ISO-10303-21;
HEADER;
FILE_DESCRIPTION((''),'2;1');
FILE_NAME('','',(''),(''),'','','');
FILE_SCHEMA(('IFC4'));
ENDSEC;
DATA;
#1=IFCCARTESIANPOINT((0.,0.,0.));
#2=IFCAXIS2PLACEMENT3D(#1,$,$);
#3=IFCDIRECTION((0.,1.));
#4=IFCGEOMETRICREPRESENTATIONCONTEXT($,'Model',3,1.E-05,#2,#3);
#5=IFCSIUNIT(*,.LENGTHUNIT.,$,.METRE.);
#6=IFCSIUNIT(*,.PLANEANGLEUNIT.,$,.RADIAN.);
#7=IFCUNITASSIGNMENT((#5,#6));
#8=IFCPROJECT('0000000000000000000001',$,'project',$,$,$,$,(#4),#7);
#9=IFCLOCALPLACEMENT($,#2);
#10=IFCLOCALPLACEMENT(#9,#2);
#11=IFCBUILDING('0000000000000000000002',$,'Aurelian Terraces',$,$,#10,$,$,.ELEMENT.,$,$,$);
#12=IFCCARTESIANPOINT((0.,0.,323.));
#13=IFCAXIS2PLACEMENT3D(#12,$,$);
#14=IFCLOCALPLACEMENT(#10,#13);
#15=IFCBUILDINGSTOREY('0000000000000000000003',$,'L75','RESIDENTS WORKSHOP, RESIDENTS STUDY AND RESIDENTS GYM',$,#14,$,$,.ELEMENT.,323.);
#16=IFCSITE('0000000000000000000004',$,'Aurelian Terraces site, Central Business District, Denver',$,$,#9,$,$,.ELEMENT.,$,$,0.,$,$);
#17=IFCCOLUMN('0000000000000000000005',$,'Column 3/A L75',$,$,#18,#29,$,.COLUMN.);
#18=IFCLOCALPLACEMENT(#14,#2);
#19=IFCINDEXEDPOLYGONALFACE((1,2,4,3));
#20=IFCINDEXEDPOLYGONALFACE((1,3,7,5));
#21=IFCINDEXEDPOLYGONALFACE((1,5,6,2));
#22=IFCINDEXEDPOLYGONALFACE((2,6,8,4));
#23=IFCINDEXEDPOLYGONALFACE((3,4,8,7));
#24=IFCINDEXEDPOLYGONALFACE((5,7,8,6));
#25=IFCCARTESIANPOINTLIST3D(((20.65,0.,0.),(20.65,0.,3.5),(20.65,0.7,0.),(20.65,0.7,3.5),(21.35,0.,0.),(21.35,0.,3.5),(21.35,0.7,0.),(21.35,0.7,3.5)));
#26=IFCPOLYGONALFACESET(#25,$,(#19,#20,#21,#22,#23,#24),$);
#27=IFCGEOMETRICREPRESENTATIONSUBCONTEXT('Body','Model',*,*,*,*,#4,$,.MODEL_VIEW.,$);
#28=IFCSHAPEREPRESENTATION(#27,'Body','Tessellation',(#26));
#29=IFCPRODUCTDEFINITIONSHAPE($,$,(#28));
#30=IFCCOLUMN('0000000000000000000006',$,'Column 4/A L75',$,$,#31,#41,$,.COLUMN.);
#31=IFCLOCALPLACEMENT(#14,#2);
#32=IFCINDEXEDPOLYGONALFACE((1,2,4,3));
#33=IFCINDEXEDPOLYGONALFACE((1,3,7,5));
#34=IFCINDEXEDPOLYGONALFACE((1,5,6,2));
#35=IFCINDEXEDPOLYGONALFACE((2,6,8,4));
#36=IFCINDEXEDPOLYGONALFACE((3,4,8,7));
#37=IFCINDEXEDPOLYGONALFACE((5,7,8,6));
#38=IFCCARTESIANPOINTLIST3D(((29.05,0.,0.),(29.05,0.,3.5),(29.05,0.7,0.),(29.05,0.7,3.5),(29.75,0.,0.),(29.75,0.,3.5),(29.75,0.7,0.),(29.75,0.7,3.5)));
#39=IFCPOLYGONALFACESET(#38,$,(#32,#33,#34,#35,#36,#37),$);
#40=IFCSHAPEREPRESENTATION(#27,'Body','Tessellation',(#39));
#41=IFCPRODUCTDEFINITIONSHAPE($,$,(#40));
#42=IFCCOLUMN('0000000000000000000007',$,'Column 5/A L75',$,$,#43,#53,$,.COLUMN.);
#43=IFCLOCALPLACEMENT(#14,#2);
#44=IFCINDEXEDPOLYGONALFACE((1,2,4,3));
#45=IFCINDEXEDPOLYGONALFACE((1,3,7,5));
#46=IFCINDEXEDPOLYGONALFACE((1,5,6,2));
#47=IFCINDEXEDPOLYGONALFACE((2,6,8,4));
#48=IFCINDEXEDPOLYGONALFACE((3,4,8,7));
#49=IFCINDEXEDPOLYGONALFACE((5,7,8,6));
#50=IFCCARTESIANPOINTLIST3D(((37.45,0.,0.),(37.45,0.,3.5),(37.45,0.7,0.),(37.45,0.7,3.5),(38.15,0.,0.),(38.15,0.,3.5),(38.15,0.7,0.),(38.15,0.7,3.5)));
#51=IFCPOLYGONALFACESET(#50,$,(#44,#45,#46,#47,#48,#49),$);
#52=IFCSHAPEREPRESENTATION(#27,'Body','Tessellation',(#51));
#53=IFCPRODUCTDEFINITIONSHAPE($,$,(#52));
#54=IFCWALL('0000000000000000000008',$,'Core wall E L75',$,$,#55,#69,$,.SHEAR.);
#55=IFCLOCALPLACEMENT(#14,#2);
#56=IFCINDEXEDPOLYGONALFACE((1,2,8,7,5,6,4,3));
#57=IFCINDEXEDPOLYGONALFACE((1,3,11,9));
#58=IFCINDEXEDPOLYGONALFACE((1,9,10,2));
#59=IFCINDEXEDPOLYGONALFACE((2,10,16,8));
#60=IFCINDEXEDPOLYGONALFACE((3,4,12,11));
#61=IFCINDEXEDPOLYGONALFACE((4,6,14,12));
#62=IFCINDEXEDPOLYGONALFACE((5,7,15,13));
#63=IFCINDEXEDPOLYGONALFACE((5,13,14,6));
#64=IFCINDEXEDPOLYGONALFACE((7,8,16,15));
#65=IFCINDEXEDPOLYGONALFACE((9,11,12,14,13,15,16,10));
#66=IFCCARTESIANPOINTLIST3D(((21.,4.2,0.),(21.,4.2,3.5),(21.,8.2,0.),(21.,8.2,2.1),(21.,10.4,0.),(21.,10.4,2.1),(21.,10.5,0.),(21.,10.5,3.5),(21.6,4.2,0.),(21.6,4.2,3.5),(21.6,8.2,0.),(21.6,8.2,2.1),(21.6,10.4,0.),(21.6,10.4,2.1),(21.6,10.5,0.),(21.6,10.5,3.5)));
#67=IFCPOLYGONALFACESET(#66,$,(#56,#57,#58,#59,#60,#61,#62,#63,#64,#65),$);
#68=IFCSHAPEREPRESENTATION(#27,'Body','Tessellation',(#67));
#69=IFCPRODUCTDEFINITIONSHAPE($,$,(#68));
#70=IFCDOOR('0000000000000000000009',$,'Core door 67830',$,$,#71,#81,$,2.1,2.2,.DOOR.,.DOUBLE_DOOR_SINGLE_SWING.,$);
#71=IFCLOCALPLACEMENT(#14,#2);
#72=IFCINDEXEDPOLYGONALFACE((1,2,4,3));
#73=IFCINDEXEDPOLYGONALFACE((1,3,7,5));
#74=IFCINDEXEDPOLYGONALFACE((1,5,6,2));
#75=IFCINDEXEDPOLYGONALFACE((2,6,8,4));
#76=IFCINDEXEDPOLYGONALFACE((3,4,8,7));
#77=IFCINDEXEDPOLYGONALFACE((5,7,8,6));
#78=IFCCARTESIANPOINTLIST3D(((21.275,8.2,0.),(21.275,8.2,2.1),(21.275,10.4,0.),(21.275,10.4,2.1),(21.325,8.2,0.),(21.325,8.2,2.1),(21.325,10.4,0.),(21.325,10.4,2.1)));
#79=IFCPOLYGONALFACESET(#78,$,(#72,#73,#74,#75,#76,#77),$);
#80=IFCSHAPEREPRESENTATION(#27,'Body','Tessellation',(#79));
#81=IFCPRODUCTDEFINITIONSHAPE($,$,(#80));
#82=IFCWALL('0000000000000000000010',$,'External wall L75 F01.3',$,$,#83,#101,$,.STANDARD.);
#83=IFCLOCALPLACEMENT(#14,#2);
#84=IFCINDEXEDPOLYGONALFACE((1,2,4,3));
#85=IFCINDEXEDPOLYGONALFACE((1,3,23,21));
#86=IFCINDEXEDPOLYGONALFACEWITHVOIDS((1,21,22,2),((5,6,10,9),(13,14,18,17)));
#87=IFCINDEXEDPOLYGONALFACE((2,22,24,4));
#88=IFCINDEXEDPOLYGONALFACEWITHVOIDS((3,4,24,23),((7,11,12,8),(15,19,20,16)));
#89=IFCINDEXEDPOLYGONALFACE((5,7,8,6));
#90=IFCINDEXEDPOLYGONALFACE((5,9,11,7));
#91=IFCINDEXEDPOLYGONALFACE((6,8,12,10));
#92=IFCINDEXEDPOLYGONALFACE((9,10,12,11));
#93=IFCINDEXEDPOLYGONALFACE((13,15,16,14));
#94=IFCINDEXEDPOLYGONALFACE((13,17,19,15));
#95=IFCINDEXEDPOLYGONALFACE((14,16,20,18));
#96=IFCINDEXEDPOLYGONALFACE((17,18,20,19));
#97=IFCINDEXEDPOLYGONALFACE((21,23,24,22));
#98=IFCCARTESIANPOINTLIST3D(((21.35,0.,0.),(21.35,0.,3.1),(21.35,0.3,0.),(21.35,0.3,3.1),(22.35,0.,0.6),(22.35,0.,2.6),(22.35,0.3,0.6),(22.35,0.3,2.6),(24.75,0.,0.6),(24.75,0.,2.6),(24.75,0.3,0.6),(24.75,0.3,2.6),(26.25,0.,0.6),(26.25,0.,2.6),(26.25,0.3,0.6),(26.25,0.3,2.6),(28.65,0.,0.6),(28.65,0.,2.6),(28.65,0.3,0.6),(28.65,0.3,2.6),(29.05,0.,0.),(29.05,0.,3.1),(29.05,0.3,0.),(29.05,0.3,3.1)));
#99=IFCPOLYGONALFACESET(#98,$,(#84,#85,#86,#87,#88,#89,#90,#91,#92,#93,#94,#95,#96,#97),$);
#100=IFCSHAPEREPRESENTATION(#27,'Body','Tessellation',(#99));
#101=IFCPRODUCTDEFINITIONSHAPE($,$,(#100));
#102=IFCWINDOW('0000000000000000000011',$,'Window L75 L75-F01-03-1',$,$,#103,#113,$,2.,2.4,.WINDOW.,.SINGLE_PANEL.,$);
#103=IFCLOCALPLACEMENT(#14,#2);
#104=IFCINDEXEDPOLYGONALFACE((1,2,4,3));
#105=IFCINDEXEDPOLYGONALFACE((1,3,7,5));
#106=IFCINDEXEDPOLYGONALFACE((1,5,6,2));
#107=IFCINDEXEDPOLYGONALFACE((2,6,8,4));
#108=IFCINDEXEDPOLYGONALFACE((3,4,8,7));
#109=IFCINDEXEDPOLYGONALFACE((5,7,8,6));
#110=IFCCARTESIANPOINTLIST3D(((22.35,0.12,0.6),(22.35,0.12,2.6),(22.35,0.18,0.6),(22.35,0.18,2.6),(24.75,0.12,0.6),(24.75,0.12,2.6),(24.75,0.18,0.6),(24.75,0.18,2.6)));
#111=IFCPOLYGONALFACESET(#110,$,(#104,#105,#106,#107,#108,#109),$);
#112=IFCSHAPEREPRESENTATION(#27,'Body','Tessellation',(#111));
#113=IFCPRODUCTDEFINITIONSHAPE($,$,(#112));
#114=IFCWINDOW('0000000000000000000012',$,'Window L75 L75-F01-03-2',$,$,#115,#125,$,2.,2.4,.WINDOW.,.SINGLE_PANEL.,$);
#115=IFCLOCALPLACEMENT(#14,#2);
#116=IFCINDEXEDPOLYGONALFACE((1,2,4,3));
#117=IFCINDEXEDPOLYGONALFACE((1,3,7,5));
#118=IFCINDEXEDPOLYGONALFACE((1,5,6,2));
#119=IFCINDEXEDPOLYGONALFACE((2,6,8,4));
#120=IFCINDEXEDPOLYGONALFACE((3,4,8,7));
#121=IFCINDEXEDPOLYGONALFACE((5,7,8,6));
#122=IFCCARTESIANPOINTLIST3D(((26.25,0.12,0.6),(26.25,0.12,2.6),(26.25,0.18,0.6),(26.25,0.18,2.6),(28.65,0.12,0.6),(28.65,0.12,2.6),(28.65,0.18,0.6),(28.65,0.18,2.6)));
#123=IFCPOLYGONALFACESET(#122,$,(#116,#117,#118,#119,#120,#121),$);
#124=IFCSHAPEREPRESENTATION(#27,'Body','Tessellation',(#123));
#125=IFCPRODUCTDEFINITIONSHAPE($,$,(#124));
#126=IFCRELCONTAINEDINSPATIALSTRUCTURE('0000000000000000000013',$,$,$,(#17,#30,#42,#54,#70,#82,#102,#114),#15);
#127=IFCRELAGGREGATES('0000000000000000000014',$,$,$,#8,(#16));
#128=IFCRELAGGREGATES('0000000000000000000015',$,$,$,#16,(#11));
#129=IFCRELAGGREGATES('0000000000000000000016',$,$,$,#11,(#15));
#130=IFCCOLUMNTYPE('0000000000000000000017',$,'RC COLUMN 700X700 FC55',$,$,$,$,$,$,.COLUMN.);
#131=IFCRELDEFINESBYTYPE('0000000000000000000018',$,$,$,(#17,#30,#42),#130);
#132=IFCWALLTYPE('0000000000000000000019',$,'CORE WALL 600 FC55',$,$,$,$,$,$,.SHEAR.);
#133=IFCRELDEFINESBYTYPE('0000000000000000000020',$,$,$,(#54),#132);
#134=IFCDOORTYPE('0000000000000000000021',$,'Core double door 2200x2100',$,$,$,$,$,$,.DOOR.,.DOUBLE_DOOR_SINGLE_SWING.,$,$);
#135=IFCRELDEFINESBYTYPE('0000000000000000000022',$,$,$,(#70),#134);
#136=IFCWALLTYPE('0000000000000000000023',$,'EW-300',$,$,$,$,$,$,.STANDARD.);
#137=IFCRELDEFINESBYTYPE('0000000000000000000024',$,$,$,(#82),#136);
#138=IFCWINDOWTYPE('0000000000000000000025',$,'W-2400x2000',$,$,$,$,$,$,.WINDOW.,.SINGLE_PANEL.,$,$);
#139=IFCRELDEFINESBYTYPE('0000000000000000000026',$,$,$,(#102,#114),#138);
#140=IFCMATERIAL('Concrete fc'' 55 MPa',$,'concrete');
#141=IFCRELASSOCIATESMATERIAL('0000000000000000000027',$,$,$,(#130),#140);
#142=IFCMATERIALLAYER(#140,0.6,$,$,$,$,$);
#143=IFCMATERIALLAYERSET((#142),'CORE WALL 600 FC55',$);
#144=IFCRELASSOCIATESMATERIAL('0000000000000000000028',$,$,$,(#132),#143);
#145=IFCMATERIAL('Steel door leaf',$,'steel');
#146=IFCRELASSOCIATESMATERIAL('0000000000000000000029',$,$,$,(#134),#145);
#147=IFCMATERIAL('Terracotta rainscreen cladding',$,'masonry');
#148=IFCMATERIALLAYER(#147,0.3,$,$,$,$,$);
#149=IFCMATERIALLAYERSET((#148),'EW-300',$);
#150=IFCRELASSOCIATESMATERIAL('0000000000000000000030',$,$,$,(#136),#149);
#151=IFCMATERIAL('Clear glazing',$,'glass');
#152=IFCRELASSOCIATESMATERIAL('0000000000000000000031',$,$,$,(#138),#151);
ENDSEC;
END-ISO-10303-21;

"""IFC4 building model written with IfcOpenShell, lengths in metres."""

from ifc_helpers import new_model, si_unit, direction, frame, frame_2d, origin, origin_2d, place, context, subcontext, project, spatial, rectangle, extrude, source, transform, mapped, material, layer, layer_set, material_profile, profile_set, type_object, element, fill, save


model = new_model("IFC4")

# Units and contexts
model_context = context("Model", 3, precision=1e-05, world=origin(), true_north=direction((0.0, 1.0)))
body_context = subcontext(model_context, "Body", "Model", "MODEL_VIEW")
ifc_project = project(units=[si_unit("LENGTHUNIT", "METRE"), si_unit("PLANEANGLEUNIT", "RADIAN")], contexts=[model_context])

# Site, building, storey
site_placement = place(None, origin())
site = spatial("IfcSite", under=ifc_project, at=site_placement, Name="Aurelian Terraces site, Central Business District, Denver", CompositionType="ELEMENT", RefElevation=0.0)
building_placement = place(site_placement, origin())
building = spatial("IfcBuilding", under=site, at=building_placement, Name="Aurelian Terraces", CompositionType="ELEMENT")
storey_placement = place(building_placement, frame((0.0, 0.0, 323.0)))
storey = spatial("IfcBuildingStorey", under=building, at=storey_placement, Name="L75", Description="RESIDENTS WORKSHOP, RESIDENTS STUDY AND RESIDENTS GYM", CompositionType="ELEMENT", Elevation=323.0)

# Columns
ifc_material_1 = material(Name="Concrete fc' 55 MPa", Category="concrete")
ifc_material_profile = material_profile(ifc_material_1, rectangle(XDim=0.7, YDim=0.7, at=origin_2d()))
ifc_profile_set = profile_set([ifc_material_profile], Name="Concrete fc' 55 MPa")
column_type = type_object("IfcColumnType", Name="RC COLUMN 700X700 FC55", PredefinedType="COLUMN", material=ifc_profile_set)
shared_shape_1 = source(origin(), body_context, "Body", "SweptSolid", [
    extrude(rectangle(XDim=0.7, YDim=0.7, at=origin_2d()), origin(), (0.0, 0.0, 1.0), 3.5),
])
for number, where, z_axis, x_axis, name in (
    (1, (21.0, 0.35, 0.0), (0.0, 0.0, 1.0), (1.0, 0.0, 0.0), "Column 3/A L75"),
    (2, (29.4, 0.35, 0.0), (0.0, 0.0, 1.0), (1.0, 0.0, 0.0), "Column 4/A L75"),
    (3, (37.8, 0.35, 0.0), (0.0, 0.0, 1.0), (1.0, 0.0, 0.0), "Column 5/A L75"),
):
    element("IfcColumn", number, at=place(storey_placement, frame(where, z_axis=z_axis, x_axis=x_axis)), inside=storey, type_object=column_type, Name=name, PredefinedType="COLUMN", context=body_context, shape_type="MappedRepresentation", body=[
        mapped(shared_shape_1, transform((0.0, 0.0, 0.0), scale=1.0)),
    ])

# Wall, opening, door
ifc_layer_1 = layer(ifc_material_1, 0.6)
ifc_layer_set_1 = layer_set([ifc_layer_1], Name="CORE WALL 600 FC55")
wall_type_1 = type_object("IfcWallType", Name="CORE WALL 600 FC55", PredefinedType="SHEAR", material=ifc_layer_set_1)
shared_shape_2 = source(origin(), body_context, "Body", "SweptSolid", [
    extrude(rectangle(XDim=6.3, YDim=0.6, at=frame_2d((3.15, 0.0))), origin(), (0.0, 0.0, 1.0), 3.5),
])
wall_1_placement = place(storey_placement, frame((21.3, 4.2, 0.0), z_axis=(0.0, 0.0, 1.0), x_axis=(0.0, 1.0, 0.0)))
wall_1 = element("IfcWall", 4, at=wall_1_placement, inside=storey, type_object=wall_type_1, Name="Core wall E L75", PredefinedType="SHEAR", context=body_context, shape_type="MappedRepresentation", body=[
    mapped(shared_shape_2, transform((0.0, 0.0, 0.0), scale=1.0)),
])
shared_shape_3 = source(origin(), body_context, "Body", "SweptSolid", [
    extrude(rectangle(XDim=2.2, YDim=2.1, at=frame_2d((1.1, 1.05))), frame((0.0, 0.31, 0.0), z_axis=(0.0, -1.0, 0.0), x_axis=(1.0, 0.0, 0.0)), (0.0, 0.0, 1.0), 0.62),
])
opening_1_placement = place(wall_1_placement, frame((4.0, 0.0, 0.0)))
opening_1 = element("IfcOpeningElement", 5, at=opening_1_placement, cuts=wall_1, PredefinedType="OPENING", context=body_context, shape_type="MappedRepresentation", body=[
    mapped(shared_shape_3, transform((0.0, 0.0, 0.0), scale=1.0)),
])
ifc_material_2 = material(Name="Steel door leaf", Category="steel")
door_type_1 = type_object("IfcDoorType", Name="Core double door 2200x2100", OperationType="DOUBLE_DOOR_SINGLE_SWING", PredefinedType="DOOR", material=ifc_material_2)
shared_shape_4 = source(origin(), body_context, "Body", "SweptSolid", [
    extrude(rectangle(XDim=2.2, YDim=2.1, at=frame_2d((1.1, 1.05))), frame((0.0, 0.025, 0.0), z_axis=(0.0, -1.0, 0.0), x_axis=(1.0, 0.0, 0.0)), (0.0, 0.0, 1.0), 0.05),
])
door_1_placement = place(opening_1_placement, origin())
door_1 = element("IfcDoor", 6, at=door_1_placement, inside=storey, type_object=door_type_1, Name="Core door 67830", OperationType="DOUBLE_DOOR_SINGLE_SWING", OverallHeight=2.1, OverallWidth=2.2, PredefinedType="DOOR", context=body_context, shape_type="MappedRepresentation", body=[
    mapped(shared_shape_4, transform((0.0, 0.0, 0.0), scale=1.0)),
])
fill(opening_1, door_1)

# Wall, openings, windows
ifc_material_3 = material(Name="Terracotta rainscreen cladding", Category="masonry")
ifc_layer_2 = layer(ifc_material_3, 0.3)
ifc_layer_set_2 = layer_set([ifc_layer_2], Name="EW-300")
wall_type_2 = type_object("IfcWallType", Name="EW-300", PredefinedType="STANDARD", material=ifc_layer_set_2)
shared_shape_5 = source(origin(), body_context, "Body", "SweptSolid", [
    extrude(rectangle(XDim=7.7, YDim=0.3, at=frame_2d((3.85, 0.0))), origin(), (0.0, 0.0, 1.0), 3.1),
])
wall_2_placement = place(storey_placement, frame((21.35, 0.15, 0.0), z_axis=(0.0, 0.0, 1.0), x_axis=(1.0, 0.0, 0.0)))
wall_2 = element("IfcWall", 7, at=wall_2_placement, inside=storey, type_object=wall_type_2, Name="External wall L75 F01.3", PredefinedType="STANDARD", context=body_context, shape_type="MappedRepresentation", body=[
    mapped(shared_shape_5, transform((0.0, 0.0, 0.0), scale=1.0)),
])
shared_shape_6 = source(origin(), body_context, "Body", "SweptSolid", [
    extrude(rectangle(XDim=2.4, YDim=2.0, at=frame_2d((1.2, 1.0))), frame((0.0, 0.16, 0.0), z_axis=(0.0, -1.0, 0.0), x_axis=(1.0, 0.0, 0.0)), (0.0, 0.0, 1.0), 0.32),
])
opening_2_placement = place(wall_2_placement, frame((1.0, 0.0, 0.6)))
opening_2 = element("IfcOpeningElement", 8, at=opening_2_placement, cuts=wall_2, PredefinedType="OPENING", context=body_context, shape_type="MappedRepresentation", body=[
    mapped(shared_shape_6, transform((0.0, 0.0, 0.0), scale=1.0)),
])
opening_3_placement = place(wall_2_placement, frame((4.9, 0.0, 0.6)))
opening_3 = element("IfcOpeningElement", 9, at=opening_3_placement, cuts=wall_2, PredefinedType="OPENING", context=body_context, shape_type="MappedRepresentation", body=[
    mapped(shared_shape_6, transform((0.0, 0.0, 0.0), scale=1.0)),
])
ifc_material_4 = material(Name="Clear glazing", Category="glass")
window_type_1 = type_object("IfcWindowType", Name="W-2400x2000", PartitioningType="SINGLE_PANEL", PredefinedType="WINDOW", material=ifc_material_4)
shared_shape_7 = source(origin(), body_context, "Body", "SweptSolid", [
    extrude(rectangle(XDim=2.4, YDim=2.0, at=frame_2d((1.2, 1.0))), frame((0.0, 0.03, 0.0), z_axis=(0.0, -1.0, 0.0), x_axis=(1.0, 0.0, 0.0)), (0.0, 0.0, 1.0), 0.06),
])
window_1_placement = place(opening_2_placement, origin())
window_1 = element("IfcWindow", 10, at=window_1_placement, inside=storey, type_object=window_type_1, Name="Window L75 L75-F01-03-1", OverallHeight=2.0, OverallWidth=2.4, PartitioningType="SINGLE_PANEL", PredefinedType="WINDOW", context=body_context, shape_type="MappedRepresentation", body=[
    mapped(shared_shape_7, transform((0.0, 0.0, 0.0), scale=1.0)),
])
fill(opening_2, window_1)
window_2_placement = place(opening_3_placement, origin())
window_2 = element("IfcWindow", 11, at=window_2_placement, inside=storey, type_object=window_type_1, Name="Window L75 L75-F01-03-2", OverallHeight=2.0, OverallWidth=2.4, PartitioningType="SINGLE_PANEL", PredefinedType="WINDOW", context=body_context, shape_type="MappedRepresentation", body=[
    mapped(shared_shape_7, transform((0.0, 0.0, 0.0), scale=1.0)),
])
fill(opening_3, window_2)

save(model, "model.ifc")
